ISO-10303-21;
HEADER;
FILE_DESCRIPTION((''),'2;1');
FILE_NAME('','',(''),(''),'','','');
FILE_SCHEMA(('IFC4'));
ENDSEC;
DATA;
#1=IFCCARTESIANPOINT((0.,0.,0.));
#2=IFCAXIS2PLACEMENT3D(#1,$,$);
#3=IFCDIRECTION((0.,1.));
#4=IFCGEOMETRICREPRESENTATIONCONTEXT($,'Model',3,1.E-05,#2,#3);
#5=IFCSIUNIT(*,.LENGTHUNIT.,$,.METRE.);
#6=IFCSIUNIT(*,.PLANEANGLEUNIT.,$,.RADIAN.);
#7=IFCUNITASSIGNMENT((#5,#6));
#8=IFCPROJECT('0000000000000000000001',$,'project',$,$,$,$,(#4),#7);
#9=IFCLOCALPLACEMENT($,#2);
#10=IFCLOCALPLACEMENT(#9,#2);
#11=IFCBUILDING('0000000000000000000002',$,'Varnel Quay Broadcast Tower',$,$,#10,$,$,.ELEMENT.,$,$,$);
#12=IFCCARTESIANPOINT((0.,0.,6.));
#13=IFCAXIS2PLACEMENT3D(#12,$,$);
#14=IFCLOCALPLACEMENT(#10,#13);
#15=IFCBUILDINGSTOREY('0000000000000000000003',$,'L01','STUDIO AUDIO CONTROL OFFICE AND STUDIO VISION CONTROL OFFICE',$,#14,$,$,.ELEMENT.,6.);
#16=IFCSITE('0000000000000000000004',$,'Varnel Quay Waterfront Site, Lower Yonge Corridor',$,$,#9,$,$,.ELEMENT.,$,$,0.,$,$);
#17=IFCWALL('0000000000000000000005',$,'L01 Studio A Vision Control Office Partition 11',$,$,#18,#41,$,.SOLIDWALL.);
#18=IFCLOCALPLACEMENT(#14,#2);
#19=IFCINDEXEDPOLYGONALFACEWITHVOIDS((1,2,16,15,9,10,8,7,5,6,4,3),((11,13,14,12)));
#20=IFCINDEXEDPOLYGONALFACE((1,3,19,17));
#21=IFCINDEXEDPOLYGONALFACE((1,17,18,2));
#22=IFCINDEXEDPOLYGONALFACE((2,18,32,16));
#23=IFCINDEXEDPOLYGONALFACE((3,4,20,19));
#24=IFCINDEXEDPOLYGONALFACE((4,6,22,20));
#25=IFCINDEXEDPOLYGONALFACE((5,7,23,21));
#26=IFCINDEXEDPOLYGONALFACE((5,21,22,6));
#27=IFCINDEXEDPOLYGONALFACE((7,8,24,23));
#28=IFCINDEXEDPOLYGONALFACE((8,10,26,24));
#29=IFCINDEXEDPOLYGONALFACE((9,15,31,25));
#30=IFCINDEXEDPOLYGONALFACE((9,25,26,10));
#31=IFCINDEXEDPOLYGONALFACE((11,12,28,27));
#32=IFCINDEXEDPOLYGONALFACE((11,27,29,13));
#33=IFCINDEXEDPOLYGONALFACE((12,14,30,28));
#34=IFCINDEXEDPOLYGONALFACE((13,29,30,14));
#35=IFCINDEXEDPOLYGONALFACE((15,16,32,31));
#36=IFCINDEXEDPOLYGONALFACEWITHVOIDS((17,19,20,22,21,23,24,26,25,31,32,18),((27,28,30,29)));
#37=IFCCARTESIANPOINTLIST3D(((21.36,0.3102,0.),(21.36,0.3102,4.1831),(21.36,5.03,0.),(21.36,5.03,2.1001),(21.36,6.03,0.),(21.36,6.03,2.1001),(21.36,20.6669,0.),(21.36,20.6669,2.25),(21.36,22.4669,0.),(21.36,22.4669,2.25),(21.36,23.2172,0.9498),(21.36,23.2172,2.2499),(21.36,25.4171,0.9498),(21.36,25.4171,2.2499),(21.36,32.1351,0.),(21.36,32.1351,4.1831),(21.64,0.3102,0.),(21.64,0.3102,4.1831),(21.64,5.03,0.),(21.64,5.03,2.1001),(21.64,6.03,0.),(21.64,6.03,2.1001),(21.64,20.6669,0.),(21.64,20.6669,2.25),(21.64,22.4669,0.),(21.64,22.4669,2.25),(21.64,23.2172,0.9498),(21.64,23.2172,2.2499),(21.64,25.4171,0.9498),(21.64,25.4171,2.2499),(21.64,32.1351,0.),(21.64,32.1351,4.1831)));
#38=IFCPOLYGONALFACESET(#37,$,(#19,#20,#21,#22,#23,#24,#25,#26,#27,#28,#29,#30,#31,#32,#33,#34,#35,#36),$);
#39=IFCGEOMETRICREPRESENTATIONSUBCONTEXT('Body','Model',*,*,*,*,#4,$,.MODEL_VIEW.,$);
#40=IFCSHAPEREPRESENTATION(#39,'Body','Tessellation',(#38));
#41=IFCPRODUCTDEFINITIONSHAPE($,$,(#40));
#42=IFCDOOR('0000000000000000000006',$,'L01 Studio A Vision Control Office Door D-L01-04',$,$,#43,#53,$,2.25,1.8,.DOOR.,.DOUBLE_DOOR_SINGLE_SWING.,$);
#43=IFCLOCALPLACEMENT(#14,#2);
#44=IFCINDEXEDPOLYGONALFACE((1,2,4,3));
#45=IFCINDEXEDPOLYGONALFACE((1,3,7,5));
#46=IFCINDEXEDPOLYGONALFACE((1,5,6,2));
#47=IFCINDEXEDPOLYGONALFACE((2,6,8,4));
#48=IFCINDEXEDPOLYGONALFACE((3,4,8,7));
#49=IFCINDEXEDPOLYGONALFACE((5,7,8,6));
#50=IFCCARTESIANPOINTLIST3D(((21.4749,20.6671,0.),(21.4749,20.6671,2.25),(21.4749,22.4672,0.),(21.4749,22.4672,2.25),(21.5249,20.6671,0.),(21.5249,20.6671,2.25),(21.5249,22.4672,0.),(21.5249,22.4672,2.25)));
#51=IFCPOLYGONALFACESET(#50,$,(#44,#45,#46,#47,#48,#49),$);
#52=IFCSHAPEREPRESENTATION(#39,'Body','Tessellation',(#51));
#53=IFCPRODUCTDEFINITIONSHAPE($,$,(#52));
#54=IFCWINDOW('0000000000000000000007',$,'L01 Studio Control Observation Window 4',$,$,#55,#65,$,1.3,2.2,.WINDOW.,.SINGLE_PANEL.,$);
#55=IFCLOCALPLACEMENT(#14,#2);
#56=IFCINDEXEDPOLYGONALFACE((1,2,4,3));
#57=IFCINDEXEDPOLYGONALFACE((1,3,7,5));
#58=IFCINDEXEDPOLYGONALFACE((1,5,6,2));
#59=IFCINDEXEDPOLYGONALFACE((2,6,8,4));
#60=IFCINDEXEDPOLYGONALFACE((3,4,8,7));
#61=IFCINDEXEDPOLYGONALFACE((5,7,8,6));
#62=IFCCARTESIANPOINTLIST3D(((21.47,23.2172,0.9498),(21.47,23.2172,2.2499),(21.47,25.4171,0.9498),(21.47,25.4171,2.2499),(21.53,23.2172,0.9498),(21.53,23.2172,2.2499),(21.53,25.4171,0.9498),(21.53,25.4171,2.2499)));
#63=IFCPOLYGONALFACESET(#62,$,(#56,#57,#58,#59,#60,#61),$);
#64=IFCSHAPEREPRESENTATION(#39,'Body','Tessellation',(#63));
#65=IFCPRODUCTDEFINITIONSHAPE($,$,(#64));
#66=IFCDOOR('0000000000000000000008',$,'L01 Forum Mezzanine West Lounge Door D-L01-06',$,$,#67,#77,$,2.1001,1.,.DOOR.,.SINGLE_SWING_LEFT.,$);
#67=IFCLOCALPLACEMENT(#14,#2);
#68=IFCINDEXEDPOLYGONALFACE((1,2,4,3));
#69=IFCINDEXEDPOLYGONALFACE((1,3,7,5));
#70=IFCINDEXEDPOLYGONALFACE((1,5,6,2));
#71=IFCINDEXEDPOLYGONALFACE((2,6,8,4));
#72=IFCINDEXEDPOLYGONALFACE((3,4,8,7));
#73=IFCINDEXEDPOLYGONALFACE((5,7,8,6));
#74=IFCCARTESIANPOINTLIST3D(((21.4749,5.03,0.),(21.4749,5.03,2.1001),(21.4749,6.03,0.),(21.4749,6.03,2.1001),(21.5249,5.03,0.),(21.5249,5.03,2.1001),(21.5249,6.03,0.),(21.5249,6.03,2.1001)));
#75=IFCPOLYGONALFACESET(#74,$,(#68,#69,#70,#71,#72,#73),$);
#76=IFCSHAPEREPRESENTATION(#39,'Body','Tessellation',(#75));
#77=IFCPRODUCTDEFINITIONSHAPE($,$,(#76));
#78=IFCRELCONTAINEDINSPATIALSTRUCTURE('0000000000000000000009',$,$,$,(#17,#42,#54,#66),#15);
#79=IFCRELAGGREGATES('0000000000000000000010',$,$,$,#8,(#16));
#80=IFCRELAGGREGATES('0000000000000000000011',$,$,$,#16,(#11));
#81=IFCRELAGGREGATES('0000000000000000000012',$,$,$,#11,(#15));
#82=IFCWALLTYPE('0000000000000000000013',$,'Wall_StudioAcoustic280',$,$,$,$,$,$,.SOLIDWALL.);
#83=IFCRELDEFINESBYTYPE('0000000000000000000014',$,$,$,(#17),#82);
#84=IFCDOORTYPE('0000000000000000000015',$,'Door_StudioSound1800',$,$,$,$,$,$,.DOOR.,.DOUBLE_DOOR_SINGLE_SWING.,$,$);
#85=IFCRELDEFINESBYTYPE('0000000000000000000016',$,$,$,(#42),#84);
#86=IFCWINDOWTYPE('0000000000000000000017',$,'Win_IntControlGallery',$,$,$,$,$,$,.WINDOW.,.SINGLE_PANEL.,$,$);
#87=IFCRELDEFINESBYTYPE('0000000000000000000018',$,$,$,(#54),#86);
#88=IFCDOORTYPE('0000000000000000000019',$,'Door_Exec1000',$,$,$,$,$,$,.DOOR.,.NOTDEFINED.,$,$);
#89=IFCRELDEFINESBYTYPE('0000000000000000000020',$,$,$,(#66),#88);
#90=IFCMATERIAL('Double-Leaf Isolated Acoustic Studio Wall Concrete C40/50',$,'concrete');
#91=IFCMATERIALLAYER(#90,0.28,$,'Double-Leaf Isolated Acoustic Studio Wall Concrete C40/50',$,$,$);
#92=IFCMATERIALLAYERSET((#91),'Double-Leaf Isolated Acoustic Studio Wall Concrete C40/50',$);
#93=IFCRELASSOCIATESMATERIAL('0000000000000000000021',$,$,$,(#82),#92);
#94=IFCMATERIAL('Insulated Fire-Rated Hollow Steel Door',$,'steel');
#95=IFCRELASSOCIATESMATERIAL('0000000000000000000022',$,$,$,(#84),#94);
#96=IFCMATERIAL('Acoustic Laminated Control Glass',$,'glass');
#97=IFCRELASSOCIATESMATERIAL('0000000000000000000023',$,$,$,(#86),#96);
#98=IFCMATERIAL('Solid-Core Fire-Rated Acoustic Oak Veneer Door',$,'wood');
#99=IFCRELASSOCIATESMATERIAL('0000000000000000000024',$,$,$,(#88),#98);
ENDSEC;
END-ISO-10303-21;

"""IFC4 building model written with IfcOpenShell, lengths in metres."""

from ifc_helpers import new_model, si_unit, direction, frame, frame_2d, origin, place, context, subcontext, project, spatial, rectangle, extrude, source, transform, mapped, material, layer, layer_set, type_object, type_shapes, element, fill, save


model = new_model("IFC4")

# Units and contexts
model_context = context("Model", 3, precision=1e-05, world=origin(), true_north=direction((0.0, 1.0)))
body_context = subcontext(model_context, "Body", "Model", "MODEL_VIEW")
ifc_project = project(units=[si_unit("LENGTHUNIT", "METRE"), si_unit("PLANEANGLEUNIT", "RADIAN")], contexts=[model_context])

# Site, building, storey
site_placement = place(None, origin())
site = spatial("IfcSite", under=ifc_project, at=site_placement, Name="Varnel Quay Waterfront Site, Lower Yonge Corridor", CompositionType="ELEMENT", RefElevation=0.0)
building_placement = place(site_placement, origin())
building = spatial("IfcBuilding", under=site, at=building_placement, Name="Varnel Quay Broadcast Tower", CompositionType="ELEMENT")
storey_placement = place(building_placement, frame((0.0, 0.0, 6.0)))
storey = spatial("IfcBuildingStorey", under=building, at=storey_placement, Name="L01", Description="STUDIO AUDIO CONTROL OFFICE AND STUDIO VISION CONTROL OFFICE", CompositionType="ELEMENT", Elevation=6.0)

# Shared definitions
ifc_material_1 = material(Name="Solid-Core Fire-Rated Acoustic Oak Veneer Door", Category="wood")

# Wall, openings, doors, window
ifc_material_2 = material(Name="Double-Leaf Isolated Acoustic Studio Wall Concrete C40/50", Category="concrete")
ifc_layer_1 = layer(ifc_material_2, 0.28, Name="Double-Leaf Isolated Acoustic Studio Wall Concrete C40/50")
ifc_layer_set_1 = layer_set([ifc_layer_1], Name="Double-Leaf Isolated Acoustic Studio Wall Concrete C40/50")
wall_type_1 = type_object("IfcWallType", Name="Wall_StudioAcoustic280", PredefinedType="SOLIDWALL", material=ifc_layer_set_1)
wall_1_placement = place(storey_placement, frame((21.5, 0.3101, 0.0), z_axis=(0.0, 0.0, 1.0), x_axis=(0.0, 1.0, 0.0)))
wall_1 = element("IfcWall", 1, at=wall_1_placement, inside=storey, type_object=wall_type_1, Name="L01 Studio A Vision Control Office Partition 11", PredefinedType="SOLIDWALL", context=body_context, shape_type="SweptSolid", body=[
    extrude(rectangle(XDim=31.825, YDim=0.28, at=frame_2d((15.9126, 0.0))), origin(), (0.0, 0.0, 1.0), 4.1831),
])
opening_1_placement = place(wall_1_placement, frame((20.3569, 0.0, 0.0)))
opening_1 = element("IfcOpeningElement", 2, at=opening_1_placement, cuts=wall_1, PredefinedType="OPENING", context=body_context, shape_type="SweptSolid", body=[
    extrude(rectangle(XDim=1.8, YDim=2.25, at=frame_2d((0.8999, 1.125))), frame((0.0, 0.1499, 0.0), z_axis=(0.0, -1.0, 0.0), x_axis=(1.0, 0.0, 0.0)), (0.0, 0.0, 1.0), 0.3),
])
opening_2_placement = place(wall_1_placement, frame((22.907, 0.0, 0.95)))
opening_2 = element("IfcOpeningElement", 3, at=opening_2_placement, cuts=wall_1, PredefinedType="OPENING", context=body_context, shape_type="SweptSolid", body=[
    extrude(rectangle(XDim=2.2, YDim=1.3, at=frame_2d((1.1001, 0.6499))), frame((0.0, 0.1499, 0.0), z_axis=(0.0, -1.0, 0.0), x_axis=(1.0, 0.0, 0.0)), (0.0, 0.0, 1.0), 0.3),
])
opening_3_placement = place(wall_1_placement, frame((4.72, 0.0, 0.0)))
opening_3 = element("IfcOpeningElement", 4, at=opening_3_placement, cuts=wall_1, PredefinedType="OPENING", context=body_context, shape_type="SweptSolid", body=[
    extrude(rectangle(XDim=1.0, YDim=2.1001, at=frame_2d((0.5, 1.05))), frame((0.0, 0.1499, 0.0), z_axis=(0.0, -1.0, 0.0), x_axis=(1.0, 0.0, 0.0)), (0.0, 0.0, 1.0), 0.3),
])
ifc_material_3 = material(Name="Insulated Fire-Rated Hollow Steel Door", Category="steel")
door_type_1 = type_object("IfcDoorType", Name="Door_StudioSound1800", OperationType="DOUBLE_DOOR_SINGLE_SWING", PredefinedType="DOOR", material=ifc_material_3)
shared_shape_1 = source(origin(), body_context, "Body", "SweptSolid", [
    extrude(rectangle(XDim=1.8, YDim=2.25, at=frame_2d((0.8999, 1.125))), frame((0.0, 0.0249, 0.0), z_axis=(0.0, -1.0, 0.0), x_axis=(1.0, 0.0, 0.0)), (0.0, 0.0, 1.0), 0.05),
])
type_shapes(door_type_1, [shared_shape_1])
door_1_placement = place(opening_1_placement, frame((1.8, 0.0, 0.0), z_axis=(0.0, 0.0, 1.0), x_axis=(-1.0, 0.0, 0.0)))
door_1 = element("IfcDoor", 5, at=door_1_placement, inside=storey, type_object=door_type_1, Name="L01 Studio A Vision Control Office Door D-L01-04", OperationType="DOUBLE_DOOR_SINGLE_SWING", OverallHeight=2.25, OverallWidth=1.8, PredefinedType="DOOR", context=body_context, shape_type="MappedRepresentation", body=[
    mapped(shared_shape_1, transform((0.0, 0.0, 0.0), x_axis=(1.0, 0.0, 0.0), y_axis=(0.0, 1.0, 0.0), z_axis=(0.0, 0.0, 1.0), scale=1.0)),
])
fill(opening_1, door_1)
ifc_material_4 = material(Name="Acoustic Laminated Control Glass", Category="glass")
window_type_1 = type_object("IfcWindowType", Name="Win_IntControlGallery", PartitioningType="SINGLE_PANEL", PredefinedType="WINDOW", material=ifc_material_4)
shared_shape_2 = source(origin(), body_context, "Body", "SweptSolid", [
    extrude(rectangle(XDim=2.2, YDim=1.3, at=frame_2d((1.1001, 0.6499))), frame((0.0, 0.03, 0.0), z_axis=(0.0, -1.0, 0.0), x_axis=(1.0, 0.0, 0.0)), (0.0, 0.0, 1.0), 0.0601),
])
type_shapes(window_type_1, [shared_shape_2])
window_1_placement = place(opening_2_placement, origin())
window_1 = element("IfcWindow", 6, at=window_1_placement, inside=storey, type_object=window_type_1, Name="L01 Studio Control Observation Window 4", OverallHeight=1.3, OverallWidth=2.2, PartitioningType="SINGLE_PANEL", PredefinedType="WINDOW", context=body_context, shape_type="MappedRepresentation", body=[
    mapped(shared_shape_2, transform((0.0, 0.0, 0.0), x_axis=(1.0, 0.0, 0.0), y_axis=(0.0, 1.0, 0.0), z_axis=(0.0, 0.0, 1.0), scale=1.0)),
])
fill(opening_2, window_1)
door_type_2 = type_object("IfcDoorType", Name="Door_Exec1000", OperationType="NOTDEFINED", PredefinedType="DOOR", material=ifc_material_1)
shared_shape_3 = source(origin(), body_context, "Body", "SweptSolid", [
    extrude(rectangle(XDim=1.0, YDim=2.1001, at=frame_2d((0.5, 1.05))), frame((0.0, 0.0249, 0.0), z_axis=(0.0, -1.0, 0.0), x_axis=(1.0, 0.0, 0.0)), (0.0, 0.0, 1.0), 0.05),
])
type_shapes(door_type_2, [shared_shape_3])
door_2_placement = place(opening_3_placement, frame((1.0, 0.0, 0.0), z_axis=(0.0, 0.0, 1.0), x_axis=(-1.0, 0.0, 0.0)))
door_2 = element("IfcDoor", 7, at=door_2_placement, inside=storey, type_object=door_type_2, Name="L01 Forum Mezzanine West Lounge Door D-L01-06", OperationType="SINGLE_SWING_LEFT", OverallHeight=2.1001, OverallWidth=1.0, PredefinedType="DOOR", context=body_context, shape_type="MappedRepresentation", body=[
    mapped(shared_shape_3, transform((0.0, 0.0, 0.0), x_axis=(1.0, 0.0, 0.0), y_axis=(0.0, 1.0, 0.0), z_axis=(0.0, 0.0, 1.0), scale=1.0)),
])
fill(opening_3, door_2)

save(model, "model.ifc")
